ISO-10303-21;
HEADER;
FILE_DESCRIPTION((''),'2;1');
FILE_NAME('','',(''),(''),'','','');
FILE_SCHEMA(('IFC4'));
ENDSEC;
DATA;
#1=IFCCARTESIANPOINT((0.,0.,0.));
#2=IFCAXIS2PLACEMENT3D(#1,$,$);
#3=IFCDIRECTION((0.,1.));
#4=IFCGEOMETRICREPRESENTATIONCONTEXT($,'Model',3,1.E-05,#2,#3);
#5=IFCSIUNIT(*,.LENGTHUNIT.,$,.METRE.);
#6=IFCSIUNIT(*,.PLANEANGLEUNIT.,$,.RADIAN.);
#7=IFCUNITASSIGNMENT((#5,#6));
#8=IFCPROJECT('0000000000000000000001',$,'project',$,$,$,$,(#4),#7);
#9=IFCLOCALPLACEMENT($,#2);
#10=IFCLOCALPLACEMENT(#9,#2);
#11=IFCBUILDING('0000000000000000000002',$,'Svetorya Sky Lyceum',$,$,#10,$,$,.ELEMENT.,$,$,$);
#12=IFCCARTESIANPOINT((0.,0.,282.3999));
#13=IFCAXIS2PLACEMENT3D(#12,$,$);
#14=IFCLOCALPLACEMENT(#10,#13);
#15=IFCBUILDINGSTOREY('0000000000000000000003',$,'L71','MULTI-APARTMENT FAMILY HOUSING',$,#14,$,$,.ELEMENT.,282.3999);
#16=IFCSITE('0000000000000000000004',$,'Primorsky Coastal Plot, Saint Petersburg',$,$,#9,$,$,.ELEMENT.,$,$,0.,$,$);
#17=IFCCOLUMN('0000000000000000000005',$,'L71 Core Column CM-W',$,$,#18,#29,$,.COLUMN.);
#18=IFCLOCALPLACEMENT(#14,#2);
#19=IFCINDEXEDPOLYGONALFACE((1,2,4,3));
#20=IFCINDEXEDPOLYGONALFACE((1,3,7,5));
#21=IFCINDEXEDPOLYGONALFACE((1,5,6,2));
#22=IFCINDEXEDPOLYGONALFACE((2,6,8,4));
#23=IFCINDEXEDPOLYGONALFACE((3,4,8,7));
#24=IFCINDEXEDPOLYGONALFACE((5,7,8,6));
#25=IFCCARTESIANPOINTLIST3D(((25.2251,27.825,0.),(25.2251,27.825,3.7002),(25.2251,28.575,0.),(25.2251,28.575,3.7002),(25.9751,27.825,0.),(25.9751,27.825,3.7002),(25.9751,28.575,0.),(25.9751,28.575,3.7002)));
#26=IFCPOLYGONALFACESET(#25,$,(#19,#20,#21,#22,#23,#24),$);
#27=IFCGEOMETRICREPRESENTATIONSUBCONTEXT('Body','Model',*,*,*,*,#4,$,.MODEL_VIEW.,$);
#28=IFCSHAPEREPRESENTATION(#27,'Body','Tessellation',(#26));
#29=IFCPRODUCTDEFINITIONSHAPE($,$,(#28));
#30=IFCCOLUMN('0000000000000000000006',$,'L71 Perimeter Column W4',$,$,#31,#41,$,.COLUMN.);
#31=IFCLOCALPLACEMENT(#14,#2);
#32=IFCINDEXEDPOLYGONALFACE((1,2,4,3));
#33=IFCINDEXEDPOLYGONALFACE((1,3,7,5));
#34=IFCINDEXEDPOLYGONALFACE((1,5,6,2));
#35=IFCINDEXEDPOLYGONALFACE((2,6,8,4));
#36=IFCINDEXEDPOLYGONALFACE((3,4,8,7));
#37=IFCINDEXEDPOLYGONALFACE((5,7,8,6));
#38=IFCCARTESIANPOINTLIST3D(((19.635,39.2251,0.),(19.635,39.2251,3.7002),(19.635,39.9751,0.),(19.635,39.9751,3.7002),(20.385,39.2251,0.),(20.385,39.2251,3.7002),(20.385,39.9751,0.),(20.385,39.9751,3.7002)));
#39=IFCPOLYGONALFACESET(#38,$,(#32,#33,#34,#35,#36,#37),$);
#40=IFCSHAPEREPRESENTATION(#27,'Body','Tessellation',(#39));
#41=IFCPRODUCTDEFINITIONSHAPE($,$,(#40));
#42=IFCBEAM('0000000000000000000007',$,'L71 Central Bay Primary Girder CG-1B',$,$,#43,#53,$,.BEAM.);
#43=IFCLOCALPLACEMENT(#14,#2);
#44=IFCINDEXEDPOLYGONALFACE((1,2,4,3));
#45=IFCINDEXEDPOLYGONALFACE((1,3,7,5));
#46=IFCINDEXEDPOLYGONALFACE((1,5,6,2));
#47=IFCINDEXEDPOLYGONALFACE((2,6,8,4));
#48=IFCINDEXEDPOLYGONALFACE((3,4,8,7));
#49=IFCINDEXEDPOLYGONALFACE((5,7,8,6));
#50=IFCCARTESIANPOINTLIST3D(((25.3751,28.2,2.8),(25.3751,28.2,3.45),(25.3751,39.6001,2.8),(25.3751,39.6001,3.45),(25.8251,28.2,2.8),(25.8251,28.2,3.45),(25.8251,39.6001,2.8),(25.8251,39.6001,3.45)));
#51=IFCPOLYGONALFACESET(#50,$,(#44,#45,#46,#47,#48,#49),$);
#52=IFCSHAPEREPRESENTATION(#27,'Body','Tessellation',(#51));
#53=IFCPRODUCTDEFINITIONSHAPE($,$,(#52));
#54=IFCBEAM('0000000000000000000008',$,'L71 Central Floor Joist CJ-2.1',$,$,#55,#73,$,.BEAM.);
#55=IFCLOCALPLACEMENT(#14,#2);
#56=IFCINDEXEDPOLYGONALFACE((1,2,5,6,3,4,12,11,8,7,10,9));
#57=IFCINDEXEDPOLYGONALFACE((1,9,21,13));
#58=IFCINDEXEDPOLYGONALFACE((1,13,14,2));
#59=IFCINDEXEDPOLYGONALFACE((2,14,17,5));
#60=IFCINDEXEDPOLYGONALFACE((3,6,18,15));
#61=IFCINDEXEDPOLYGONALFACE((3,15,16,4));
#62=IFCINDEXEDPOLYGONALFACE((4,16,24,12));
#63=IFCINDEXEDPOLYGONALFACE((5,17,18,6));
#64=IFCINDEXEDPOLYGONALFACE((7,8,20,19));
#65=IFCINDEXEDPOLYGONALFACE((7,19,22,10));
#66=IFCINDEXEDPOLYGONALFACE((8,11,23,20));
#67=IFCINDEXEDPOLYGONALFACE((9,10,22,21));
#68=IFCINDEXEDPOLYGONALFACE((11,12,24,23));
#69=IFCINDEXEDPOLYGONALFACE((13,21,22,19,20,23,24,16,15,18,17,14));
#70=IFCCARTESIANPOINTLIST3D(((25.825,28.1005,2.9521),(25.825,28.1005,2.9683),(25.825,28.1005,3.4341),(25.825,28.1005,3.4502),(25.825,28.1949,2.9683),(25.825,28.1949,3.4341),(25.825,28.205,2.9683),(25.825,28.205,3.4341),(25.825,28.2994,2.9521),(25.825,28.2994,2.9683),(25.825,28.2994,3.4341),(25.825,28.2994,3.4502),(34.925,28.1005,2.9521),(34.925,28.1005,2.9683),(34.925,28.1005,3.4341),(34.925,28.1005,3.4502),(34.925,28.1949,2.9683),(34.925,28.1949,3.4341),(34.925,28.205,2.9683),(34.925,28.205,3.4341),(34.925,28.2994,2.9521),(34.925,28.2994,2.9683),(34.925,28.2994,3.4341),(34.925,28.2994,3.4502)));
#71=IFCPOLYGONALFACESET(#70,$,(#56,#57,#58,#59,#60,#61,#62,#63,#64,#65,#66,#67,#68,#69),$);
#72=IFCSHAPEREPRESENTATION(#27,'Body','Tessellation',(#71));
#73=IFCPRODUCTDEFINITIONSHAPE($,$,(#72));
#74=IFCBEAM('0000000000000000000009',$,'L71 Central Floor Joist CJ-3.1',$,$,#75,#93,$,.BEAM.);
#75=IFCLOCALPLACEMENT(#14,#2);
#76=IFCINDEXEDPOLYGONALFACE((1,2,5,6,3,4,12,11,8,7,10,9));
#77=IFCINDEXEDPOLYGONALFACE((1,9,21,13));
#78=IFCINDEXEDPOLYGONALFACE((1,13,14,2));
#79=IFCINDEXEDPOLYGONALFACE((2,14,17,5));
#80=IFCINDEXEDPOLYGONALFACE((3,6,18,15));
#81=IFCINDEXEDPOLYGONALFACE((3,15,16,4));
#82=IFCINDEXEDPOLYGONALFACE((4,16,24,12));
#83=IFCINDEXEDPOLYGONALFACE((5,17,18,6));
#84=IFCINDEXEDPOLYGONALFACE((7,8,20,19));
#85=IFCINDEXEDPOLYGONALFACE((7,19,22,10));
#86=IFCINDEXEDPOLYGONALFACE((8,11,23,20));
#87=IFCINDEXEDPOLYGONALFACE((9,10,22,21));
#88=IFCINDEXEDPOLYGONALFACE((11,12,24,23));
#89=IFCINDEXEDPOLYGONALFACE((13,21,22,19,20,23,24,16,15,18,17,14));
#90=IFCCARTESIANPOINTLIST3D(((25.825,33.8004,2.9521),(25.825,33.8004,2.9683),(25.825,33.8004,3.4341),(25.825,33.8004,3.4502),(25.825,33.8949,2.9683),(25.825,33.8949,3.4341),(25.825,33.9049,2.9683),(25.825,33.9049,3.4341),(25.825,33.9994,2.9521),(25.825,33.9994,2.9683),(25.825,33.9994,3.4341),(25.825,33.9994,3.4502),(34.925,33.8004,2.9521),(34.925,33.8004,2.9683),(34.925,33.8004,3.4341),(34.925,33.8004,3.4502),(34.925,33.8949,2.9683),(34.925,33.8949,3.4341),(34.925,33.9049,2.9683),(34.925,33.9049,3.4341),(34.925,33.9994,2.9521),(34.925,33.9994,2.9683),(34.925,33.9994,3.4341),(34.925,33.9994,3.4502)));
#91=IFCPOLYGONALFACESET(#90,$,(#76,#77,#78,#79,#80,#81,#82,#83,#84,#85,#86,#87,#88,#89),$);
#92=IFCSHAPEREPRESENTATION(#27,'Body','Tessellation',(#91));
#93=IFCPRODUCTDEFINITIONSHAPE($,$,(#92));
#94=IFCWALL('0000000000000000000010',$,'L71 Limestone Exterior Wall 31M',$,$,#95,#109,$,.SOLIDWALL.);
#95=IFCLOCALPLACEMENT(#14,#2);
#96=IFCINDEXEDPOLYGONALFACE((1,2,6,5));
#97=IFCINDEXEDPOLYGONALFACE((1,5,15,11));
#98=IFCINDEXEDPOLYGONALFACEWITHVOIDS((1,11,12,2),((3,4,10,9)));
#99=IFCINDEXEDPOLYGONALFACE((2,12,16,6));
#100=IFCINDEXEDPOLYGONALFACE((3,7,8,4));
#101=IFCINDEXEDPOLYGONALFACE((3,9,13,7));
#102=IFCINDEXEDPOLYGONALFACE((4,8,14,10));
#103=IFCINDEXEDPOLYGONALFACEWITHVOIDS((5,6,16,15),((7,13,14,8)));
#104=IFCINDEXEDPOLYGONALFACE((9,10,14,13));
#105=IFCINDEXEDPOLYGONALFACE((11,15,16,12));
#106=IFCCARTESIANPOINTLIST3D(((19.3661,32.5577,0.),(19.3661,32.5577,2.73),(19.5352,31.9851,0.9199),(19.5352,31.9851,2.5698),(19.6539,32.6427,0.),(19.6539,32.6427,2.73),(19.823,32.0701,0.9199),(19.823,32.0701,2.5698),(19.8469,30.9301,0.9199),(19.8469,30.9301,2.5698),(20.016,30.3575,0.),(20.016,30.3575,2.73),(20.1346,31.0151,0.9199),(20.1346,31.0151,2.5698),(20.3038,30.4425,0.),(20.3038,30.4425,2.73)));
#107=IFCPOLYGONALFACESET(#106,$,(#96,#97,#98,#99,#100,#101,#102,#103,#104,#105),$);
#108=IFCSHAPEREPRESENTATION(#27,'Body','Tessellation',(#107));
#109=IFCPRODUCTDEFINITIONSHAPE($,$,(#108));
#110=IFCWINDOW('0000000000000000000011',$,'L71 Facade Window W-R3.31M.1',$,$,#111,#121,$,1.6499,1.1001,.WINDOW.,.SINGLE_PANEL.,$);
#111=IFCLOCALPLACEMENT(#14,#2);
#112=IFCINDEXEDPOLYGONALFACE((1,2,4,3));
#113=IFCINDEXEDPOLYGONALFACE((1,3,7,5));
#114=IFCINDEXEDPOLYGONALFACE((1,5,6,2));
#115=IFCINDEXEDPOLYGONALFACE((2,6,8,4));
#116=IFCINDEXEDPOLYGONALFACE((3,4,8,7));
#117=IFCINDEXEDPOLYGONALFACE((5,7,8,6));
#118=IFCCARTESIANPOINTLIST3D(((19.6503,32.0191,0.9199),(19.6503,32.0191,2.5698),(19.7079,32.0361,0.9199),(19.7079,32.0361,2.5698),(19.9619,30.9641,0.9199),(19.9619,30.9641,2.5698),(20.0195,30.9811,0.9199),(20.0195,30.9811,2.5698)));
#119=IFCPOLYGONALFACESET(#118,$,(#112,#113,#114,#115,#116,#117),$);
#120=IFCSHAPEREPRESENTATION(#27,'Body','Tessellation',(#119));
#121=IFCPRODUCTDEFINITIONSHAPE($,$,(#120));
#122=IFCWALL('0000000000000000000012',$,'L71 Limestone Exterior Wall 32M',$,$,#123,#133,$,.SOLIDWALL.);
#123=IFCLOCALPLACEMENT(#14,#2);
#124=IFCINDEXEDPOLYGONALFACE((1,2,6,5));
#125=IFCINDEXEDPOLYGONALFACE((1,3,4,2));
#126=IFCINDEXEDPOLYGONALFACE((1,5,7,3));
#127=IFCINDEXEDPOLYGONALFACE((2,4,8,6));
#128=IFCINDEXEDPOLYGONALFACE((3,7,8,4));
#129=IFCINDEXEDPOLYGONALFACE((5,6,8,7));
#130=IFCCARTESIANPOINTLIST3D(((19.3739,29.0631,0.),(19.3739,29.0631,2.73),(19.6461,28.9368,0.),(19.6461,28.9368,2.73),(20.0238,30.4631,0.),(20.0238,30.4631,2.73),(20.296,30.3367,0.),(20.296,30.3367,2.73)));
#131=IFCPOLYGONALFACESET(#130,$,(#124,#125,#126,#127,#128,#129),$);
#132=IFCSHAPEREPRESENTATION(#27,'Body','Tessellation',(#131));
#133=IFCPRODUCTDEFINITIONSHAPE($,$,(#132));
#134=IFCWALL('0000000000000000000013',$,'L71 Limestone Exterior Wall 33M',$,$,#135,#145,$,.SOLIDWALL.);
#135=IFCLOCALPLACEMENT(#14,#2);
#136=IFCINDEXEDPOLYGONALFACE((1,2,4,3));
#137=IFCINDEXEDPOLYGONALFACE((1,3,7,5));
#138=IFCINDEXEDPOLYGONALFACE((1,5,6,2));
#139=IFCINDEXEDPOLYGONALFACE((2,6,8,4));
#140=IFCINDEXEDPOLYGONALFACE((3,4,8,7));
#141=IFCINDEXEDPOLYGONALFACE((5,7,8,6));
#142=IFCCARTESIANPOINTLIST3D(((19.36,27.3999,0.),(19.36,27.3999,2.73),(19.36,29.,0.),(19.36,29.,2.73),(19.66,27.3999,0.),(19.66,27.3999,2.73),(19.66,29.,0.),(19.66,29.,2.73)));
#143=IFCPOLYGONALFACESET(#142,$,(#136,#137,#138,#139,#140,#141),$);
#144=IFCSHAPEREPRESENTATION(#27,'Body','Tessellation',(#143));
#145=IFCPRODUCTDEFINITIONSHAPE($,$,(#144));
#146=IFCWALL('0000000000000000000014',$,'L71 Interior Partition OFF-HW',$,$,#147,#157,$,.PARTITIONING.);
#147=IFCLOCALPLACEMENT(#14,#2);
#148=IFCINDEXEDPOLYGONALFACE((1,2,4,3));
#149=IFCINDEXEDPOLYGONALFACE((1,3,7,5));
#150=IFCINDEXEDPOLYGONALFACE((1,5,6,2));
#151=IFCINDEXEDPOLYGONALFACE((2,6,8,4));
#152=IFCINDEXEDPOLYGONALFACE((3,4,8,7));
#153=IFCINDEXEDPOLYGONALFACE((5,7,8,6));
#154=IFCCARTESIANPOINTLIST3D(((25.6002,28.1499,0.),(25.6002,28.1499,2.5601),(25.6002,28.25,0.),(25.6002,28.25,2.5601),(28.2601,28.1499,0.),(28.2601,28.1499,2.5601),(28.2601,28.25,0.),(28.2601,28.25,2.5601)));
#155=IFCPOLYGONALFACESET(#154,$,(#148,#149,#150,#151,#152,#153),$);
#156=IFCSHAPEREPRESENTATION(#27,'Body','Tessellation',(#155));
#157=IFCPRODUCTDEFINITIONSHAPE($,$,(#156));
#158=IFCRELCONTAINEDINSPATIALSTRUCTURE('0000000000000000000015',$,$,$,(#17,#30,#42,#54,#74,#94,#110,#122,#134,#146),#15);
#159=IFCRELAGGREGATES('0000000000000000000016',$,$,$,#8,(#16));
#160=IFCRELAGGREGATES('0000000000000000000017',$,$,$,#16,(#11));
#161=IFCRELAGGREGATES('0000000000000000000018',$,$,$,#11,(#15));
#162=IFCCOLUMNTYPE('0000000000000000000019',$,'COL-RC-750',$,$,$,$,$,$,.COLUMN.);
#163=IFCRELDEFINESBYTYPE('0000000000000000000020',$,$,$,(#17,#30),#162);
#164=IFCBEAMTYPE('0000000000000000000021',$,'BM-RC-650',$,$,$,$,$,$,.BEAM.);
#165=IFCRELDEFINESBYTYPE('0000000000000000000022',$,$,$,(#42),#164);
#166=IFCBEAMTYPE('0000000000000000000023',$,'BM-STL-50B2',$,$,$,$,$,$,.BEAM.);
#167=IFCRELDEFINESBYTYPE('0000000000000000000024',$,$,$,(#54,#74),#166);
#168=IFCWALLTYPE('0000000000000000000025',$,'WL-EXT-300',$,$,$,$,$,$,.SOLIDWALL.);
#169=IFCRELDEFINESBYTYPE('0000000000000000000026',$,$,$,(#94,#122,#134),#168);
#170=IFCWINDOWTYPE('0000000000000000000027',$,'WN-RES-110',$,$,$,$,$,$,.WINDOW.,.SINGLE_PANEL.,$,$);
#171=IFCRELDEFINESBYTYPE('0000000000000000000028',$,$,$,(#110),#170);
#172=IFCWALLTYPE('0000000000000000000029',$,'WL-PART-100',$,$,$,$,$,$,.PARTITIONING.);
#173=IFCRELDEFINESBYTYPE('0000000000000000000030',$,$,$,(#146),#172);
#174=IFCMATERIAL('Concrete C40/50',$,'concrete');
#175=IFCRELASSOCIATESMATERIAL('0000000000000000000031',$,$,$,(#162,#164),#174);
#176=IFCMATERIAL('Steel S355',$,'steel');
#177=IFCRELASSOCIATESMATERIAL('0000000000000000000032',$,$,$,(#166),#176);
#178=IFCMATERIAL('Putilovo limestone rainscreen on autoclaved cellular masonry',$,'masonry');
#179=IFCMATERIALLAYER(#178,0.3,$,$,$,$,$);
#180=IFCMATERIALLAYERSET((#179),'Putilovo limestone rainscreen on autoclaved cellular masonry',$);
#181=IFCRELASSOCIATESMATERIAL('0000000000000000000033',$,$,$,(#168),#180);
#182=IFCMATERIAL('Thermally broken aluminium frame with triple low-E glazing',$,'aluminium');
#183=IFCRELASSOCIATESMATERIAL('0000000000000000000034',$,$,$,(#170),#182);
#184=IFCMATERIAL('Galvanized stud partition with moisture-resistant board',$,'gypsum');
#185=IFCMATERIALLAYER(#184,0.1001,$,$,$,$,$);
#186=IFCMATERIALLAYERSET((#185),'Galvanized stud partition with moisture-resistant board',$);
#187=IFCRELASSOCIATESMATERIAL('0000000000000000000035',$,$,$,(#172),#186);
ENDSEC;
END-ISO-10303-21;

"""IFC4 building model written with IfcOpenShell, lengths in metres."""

from ifc_helpers import new_model, si_unit, direction, frame, frame_2d, origin, origin_2d, place, context, subcontext, project, spatial, rectangle, i_section, extrude, material, layer, layer_set, material_profile, profile_set, type_object, element, fill, save


model = new_model("IFC4")

# Units and contexts
model_context = context("Model", 3, precision=1e-05, world=origin(), true_north=direction((0.0, 1.0)))
body_context = subcontext(model_context, "Body", "Model", "MODEL_VIEW")
ifc_project = project(units=[si_unit("LENGTHUNIT", "METRE"), si_unit("PLANEANGLEUNIT", "RADIAN")], contexts=[model_context])

# Site, building, storey
site_placement = place(None, origin())
site = spatial("IfcSite", under=ifc_project, at=site_placement, Name="Primorsky Coastal Plot, Saint Petersburg", CompositionType="ELEMENT", RefElevation=0.0)
building_placement = place(site_placement, origin())
building = spatial("IfcBuilding", under=site, at=building_placement, Name="Svetorya Sky Lyceum", CompositionType="ELEMENT")
storey_placement = place(building_placement, frame((0.0, 0.0, 282.3999)))
storey = spatial("IfcBuildingStorey", under=building, at=storey_placement, Name="L71", Description="MULTI-APARTMENT FAMILY HOUSING", CompositionType="ELEMENT", Elevation=282.3999)

# Columns
ifc_material_1 = material(Name="Concrete C40/50", Category="concrete")
ifc_material_profile_1 = material_profile(ifc_material_1, rectangle(XDim=0.75, YDim=0.75, at=origin_2d()), Name="RC COL 750x750")
ifc_profile_set_1 = profile_set([ifc_material_profile_1], Name="Concrete C40/50")
column_type = type_object("IfcColumnType", Name="COL-RC-750", PredefinedType="COLUMN", material=ifc_profile_set_1)
for number, where, z_axis, x_axis, name in (
    (1, (25.6001, 28.2, 0.0), (0.0, 0.0, 1.0), (1.0, 0.0, 0.0), "L71 Core Column CM-W"),
    (2, (20.01, 39.6001, 0.0), (0.0, 0.0, 1.0), (1.0, 0.0, 0.0), "L71 Perimeter Column W4"),
):
    element("IfcColumn", number, at=place(storey_placement, frame(where, z_axis=z_axis, x_axis=x_axis)), inside=storey, type_object=column_type, Name=name, PredefinedType="COLUMN", context=body_context, shape_type="SweptSolid", body=[
        extrude(rectangle(XDim=0.75, YDim=0.75, at=origin_2d()), origin(), (0.0, 0.0, 1.0), 3.7002),
    ])

# Beams
ifc_material_profile_2 = material_profile(ifc_material_1, rectangle(XDim=0.45, YDim=0.6499, at=origin_2d()), Name="RC BEAM 450x650")
ifc_profile_set_2 = profile_set([ifc_material_profile_2], Name="Concrete C40/50")
beam_type_1 = type_object("IfcBeamType", Name="BM-RC-650", PredefinedType="BEAM", material=ifc_profile_set_2)
beam_placement = place(storey_placement, frame((25.6001, 28.2, 3.125), z_axis=(0.0, 1.0, 0.0), x_axis=(-1.0, 0.0, 0.0)))
element("IfcBeam", 3, at=beam_placement, inside=storey, type_object=beam_type_1, Name="L71 Central Bay Primary Girder CG-1B", PredefinedType="BEAM", context=body_context, shape_type="SweptSolid", body=[
    extrude(rectangle(XDim=0.45, YDim=0.6499, at=origin_2d()), origin(), (0.0, 0.0, 1.0), 11.4001),
])
ifc_material_2 = material(Name="Steel S355", Category="steel")
ifc_material_profile_3 = material_profile(ifc_material_2, i_section(OverallWidth=0.199, OverallDepth=0.498, WebThickness=0.01, FlangeThickness=0.0161, at=origin_2d()), Name="GOST 50B2")
ifc_profile_set_3 = profile_set([ifc_material_profile_3], Name="Steel S355")
beam_type_2 = type_object("IfcBeamType", Name="BM-STL-50B2", PredefinedType="BEAM", material=ifc_profile_set_3)
for number, where, z_axis, x_axis, name in (
    (4, (25.825, 28.2, 3.2012), (1.0, 0.0, 0.0), (0.0, 1.0, 0.0), "L71 Central Floor Joist CJ-2.1"),
    (5, (25.825, 33.8999, 3.2012), (1.0, 0.0, 0.0), (0.0, 1.0, 0.0), "L71 Central Floor Joist CJ-3.1"),
):
    element("IfcBeam", number, at=place(storey_placement, frame(where, z_axis=z_axis, x_axis=x_axis)), inside=storey, type_object=beam_type_2, Name=name, PredefinedType="BEAM", context=body_context, shape_type="SweptSolid", body=[
        extrude(i_section(OverallWidth=0.199, OverallDepth=0.498, WebThickness=0.01, FlangeThickness=0.0161, at=origin_2d()), origin(), (0.0, 0.0, 1.0), 9.1001),
    ])

# Wall, opening, window
ifc_material_3 = material(Name="Putilovo limestone rainscreen on autoclaved cellular masonry", Category="masonry")
ifc_layer_1 = layer(ifc_material_3, 0.3)
ifc_layer_set_1 = layer_set([ifc_layer_1], Name="Putilovo limestone rainscreen on autoclaved cellular masonry")
wall_type_1 = type_object("IfcWallType", Name="WL-EXT-300", PredefinedType="SOLIDWALL", material=ifc_layer_set_1)
wall_1_placement = place(storey_placement, frame((19.51, 32.6001, 0.0), z_axis=(0.0, 0.0, 1.0), x_axis=(0.283284, -0.959036, 0.0)))
wall_1 = element("IfcWall", 6, at=wall_1_placement, inside=storey, type_object=wall_type_1, Name="L71 Limestone Exterior Wall 31M", PredefinedType="SOLIDWALL", context=body_context, shape_type="SweptSolid", body=[
    extrude(rectangle(XDim=2.2942, YDim=0.3, at=frame_2d((1.147, 0.0))), origin(), (0.0, 0.0, 1.0), 2.73),
])
opening_1_placement = place(wall_1_placement, frame((0.5969, 0.0, 0.9199)))
opening_1 = element("IfcOpeningElement", 7, at=opening_1_placement, cuts=wall_1, PredefinedType="OPENING", context=body_context, shape_type="SweptSolid", body=[
    extrude(rectangle(XDim=1.1001, YDim=1.6499, at=frame_2d((0.55, 0.825))), frame((0.0, 0.1599, 0.0), z_axis=(0.0, -1.0, 0.0), x_axis=(1.0, 0.0, 0.0)), (0.0, 0.0, 1.0), 0.3201),
])
ifc_material_4 = material(Name="Thermally broken aluminium frame with triple low-E glazing", Category="aluminium")
window_type = type_object("IfcWindowType", Name="WN-RES-110", PartitioningType="SINGLE_PANEL", PredefinedType="WINDOW", material=ifc_material_4)
window_placement = place(opening_1_placement, origin())
window = element("IfcWindow", 8, at=window_placement, inside=storey, type_object=window_type, Name="L71 Facade Window W-R3.31M.1", OverallHeight=1.6499, OverallWidth=1.1001, PartitioningType="SINGLE_PANEL", PredefinedType="WINDOW", context=body_context, shape_type="SweptSolid", body=[
    extrude(rectangle(XDim=1.1001, YDim=1.6499, at=frame_2d((0.55, 0.825))), frame((0.0, 0.03, 0.0), z_axis=(0.0, -1.0, 0.0), x_axis=(1.0, 0.0, 0.0)), (0.0, 0.0, 1.0), 0.0601),
])
fill(opening_1, window)

# Walls
wall_2_placement = place(storey_placement, frame((20.1599, 30.3999, 0.0), z_axis=(0.0, 0.0, 1.0), x_axis=(-0.421083, -0.907022, 0.0)))
element("IfcWall", 9, at=wall_2_placement, inside=storey, type_object=wall_type_1, Name="L71 Limestone Exterior Wall 32M", PredefinedType="SOLIDWALL", context=body_context, shape_type="SweptSolid", body=[
    extrude(rectangle(XDim=1.5435, YDim=0.3, at=frame_2d((0.7717, 0.0))), origin(), (0.0, 0.0, 1.0), 2.73),
])
wall_3_placement = place(storey_placement, frame((19.51, 29.0, 0.0), z_axis=(0.0, 0.0, 1.0), x_axis=(0.0, -1.0, 0.0)))
element("IfcWall", 10, at=wall_3_placement, inside=storey, type_object=wall_type_1, Name="L71 Limestone Exterior Wall 33M", PredefinedType="SOLIDWALL", context=body_context, shape_type="SweptSolid", body=[
    extrude(rectangle(XDim=1.6001, YDim=0.3, at=frame_2d((0.8, 0.0))), origin(), (0.0, 0.0, 1.0), 2.73),
])
ifc_material_5 = material(Name="Galvanized stud partition with moisture-resistant board", Category="gypsum")
ifc_layer_2 = layer(ifc_material_5, 0.1001)
ifc_layer_set_2 = layer_set([ifc_layer_2], Name="Galvanized stud partition with moisture-resistant board")
wall_type_2 = type_object("IfcWallType", Name="WL-PART-100", PredefinedType="PARTITIONING", material=ifc_layer_set_2)
wall_4_placement = place(storey_placement, frame((25.6001, 28.2, 0.0), z_axis=(0.0, 0.0, 1.0), x_axis=(1.0, 0.0, 0.0)))
element("IfcWall", 11, at=wall_4_placement, inside=storey, type_object=wall_type_2, Name="L71 Interior Partition OFF-HW", PredefinedType="PARTITIONING", context=body_context, shape_type="SweptSolid", body=[
    extrude(rectangle(XDim=2.6599, YDim=0.1001, at=frame_2d((1.3301, 0.0))), origin(), (0.0, 0.0, 1.0), 2.5601),
])

save(model, "model.ifc")
